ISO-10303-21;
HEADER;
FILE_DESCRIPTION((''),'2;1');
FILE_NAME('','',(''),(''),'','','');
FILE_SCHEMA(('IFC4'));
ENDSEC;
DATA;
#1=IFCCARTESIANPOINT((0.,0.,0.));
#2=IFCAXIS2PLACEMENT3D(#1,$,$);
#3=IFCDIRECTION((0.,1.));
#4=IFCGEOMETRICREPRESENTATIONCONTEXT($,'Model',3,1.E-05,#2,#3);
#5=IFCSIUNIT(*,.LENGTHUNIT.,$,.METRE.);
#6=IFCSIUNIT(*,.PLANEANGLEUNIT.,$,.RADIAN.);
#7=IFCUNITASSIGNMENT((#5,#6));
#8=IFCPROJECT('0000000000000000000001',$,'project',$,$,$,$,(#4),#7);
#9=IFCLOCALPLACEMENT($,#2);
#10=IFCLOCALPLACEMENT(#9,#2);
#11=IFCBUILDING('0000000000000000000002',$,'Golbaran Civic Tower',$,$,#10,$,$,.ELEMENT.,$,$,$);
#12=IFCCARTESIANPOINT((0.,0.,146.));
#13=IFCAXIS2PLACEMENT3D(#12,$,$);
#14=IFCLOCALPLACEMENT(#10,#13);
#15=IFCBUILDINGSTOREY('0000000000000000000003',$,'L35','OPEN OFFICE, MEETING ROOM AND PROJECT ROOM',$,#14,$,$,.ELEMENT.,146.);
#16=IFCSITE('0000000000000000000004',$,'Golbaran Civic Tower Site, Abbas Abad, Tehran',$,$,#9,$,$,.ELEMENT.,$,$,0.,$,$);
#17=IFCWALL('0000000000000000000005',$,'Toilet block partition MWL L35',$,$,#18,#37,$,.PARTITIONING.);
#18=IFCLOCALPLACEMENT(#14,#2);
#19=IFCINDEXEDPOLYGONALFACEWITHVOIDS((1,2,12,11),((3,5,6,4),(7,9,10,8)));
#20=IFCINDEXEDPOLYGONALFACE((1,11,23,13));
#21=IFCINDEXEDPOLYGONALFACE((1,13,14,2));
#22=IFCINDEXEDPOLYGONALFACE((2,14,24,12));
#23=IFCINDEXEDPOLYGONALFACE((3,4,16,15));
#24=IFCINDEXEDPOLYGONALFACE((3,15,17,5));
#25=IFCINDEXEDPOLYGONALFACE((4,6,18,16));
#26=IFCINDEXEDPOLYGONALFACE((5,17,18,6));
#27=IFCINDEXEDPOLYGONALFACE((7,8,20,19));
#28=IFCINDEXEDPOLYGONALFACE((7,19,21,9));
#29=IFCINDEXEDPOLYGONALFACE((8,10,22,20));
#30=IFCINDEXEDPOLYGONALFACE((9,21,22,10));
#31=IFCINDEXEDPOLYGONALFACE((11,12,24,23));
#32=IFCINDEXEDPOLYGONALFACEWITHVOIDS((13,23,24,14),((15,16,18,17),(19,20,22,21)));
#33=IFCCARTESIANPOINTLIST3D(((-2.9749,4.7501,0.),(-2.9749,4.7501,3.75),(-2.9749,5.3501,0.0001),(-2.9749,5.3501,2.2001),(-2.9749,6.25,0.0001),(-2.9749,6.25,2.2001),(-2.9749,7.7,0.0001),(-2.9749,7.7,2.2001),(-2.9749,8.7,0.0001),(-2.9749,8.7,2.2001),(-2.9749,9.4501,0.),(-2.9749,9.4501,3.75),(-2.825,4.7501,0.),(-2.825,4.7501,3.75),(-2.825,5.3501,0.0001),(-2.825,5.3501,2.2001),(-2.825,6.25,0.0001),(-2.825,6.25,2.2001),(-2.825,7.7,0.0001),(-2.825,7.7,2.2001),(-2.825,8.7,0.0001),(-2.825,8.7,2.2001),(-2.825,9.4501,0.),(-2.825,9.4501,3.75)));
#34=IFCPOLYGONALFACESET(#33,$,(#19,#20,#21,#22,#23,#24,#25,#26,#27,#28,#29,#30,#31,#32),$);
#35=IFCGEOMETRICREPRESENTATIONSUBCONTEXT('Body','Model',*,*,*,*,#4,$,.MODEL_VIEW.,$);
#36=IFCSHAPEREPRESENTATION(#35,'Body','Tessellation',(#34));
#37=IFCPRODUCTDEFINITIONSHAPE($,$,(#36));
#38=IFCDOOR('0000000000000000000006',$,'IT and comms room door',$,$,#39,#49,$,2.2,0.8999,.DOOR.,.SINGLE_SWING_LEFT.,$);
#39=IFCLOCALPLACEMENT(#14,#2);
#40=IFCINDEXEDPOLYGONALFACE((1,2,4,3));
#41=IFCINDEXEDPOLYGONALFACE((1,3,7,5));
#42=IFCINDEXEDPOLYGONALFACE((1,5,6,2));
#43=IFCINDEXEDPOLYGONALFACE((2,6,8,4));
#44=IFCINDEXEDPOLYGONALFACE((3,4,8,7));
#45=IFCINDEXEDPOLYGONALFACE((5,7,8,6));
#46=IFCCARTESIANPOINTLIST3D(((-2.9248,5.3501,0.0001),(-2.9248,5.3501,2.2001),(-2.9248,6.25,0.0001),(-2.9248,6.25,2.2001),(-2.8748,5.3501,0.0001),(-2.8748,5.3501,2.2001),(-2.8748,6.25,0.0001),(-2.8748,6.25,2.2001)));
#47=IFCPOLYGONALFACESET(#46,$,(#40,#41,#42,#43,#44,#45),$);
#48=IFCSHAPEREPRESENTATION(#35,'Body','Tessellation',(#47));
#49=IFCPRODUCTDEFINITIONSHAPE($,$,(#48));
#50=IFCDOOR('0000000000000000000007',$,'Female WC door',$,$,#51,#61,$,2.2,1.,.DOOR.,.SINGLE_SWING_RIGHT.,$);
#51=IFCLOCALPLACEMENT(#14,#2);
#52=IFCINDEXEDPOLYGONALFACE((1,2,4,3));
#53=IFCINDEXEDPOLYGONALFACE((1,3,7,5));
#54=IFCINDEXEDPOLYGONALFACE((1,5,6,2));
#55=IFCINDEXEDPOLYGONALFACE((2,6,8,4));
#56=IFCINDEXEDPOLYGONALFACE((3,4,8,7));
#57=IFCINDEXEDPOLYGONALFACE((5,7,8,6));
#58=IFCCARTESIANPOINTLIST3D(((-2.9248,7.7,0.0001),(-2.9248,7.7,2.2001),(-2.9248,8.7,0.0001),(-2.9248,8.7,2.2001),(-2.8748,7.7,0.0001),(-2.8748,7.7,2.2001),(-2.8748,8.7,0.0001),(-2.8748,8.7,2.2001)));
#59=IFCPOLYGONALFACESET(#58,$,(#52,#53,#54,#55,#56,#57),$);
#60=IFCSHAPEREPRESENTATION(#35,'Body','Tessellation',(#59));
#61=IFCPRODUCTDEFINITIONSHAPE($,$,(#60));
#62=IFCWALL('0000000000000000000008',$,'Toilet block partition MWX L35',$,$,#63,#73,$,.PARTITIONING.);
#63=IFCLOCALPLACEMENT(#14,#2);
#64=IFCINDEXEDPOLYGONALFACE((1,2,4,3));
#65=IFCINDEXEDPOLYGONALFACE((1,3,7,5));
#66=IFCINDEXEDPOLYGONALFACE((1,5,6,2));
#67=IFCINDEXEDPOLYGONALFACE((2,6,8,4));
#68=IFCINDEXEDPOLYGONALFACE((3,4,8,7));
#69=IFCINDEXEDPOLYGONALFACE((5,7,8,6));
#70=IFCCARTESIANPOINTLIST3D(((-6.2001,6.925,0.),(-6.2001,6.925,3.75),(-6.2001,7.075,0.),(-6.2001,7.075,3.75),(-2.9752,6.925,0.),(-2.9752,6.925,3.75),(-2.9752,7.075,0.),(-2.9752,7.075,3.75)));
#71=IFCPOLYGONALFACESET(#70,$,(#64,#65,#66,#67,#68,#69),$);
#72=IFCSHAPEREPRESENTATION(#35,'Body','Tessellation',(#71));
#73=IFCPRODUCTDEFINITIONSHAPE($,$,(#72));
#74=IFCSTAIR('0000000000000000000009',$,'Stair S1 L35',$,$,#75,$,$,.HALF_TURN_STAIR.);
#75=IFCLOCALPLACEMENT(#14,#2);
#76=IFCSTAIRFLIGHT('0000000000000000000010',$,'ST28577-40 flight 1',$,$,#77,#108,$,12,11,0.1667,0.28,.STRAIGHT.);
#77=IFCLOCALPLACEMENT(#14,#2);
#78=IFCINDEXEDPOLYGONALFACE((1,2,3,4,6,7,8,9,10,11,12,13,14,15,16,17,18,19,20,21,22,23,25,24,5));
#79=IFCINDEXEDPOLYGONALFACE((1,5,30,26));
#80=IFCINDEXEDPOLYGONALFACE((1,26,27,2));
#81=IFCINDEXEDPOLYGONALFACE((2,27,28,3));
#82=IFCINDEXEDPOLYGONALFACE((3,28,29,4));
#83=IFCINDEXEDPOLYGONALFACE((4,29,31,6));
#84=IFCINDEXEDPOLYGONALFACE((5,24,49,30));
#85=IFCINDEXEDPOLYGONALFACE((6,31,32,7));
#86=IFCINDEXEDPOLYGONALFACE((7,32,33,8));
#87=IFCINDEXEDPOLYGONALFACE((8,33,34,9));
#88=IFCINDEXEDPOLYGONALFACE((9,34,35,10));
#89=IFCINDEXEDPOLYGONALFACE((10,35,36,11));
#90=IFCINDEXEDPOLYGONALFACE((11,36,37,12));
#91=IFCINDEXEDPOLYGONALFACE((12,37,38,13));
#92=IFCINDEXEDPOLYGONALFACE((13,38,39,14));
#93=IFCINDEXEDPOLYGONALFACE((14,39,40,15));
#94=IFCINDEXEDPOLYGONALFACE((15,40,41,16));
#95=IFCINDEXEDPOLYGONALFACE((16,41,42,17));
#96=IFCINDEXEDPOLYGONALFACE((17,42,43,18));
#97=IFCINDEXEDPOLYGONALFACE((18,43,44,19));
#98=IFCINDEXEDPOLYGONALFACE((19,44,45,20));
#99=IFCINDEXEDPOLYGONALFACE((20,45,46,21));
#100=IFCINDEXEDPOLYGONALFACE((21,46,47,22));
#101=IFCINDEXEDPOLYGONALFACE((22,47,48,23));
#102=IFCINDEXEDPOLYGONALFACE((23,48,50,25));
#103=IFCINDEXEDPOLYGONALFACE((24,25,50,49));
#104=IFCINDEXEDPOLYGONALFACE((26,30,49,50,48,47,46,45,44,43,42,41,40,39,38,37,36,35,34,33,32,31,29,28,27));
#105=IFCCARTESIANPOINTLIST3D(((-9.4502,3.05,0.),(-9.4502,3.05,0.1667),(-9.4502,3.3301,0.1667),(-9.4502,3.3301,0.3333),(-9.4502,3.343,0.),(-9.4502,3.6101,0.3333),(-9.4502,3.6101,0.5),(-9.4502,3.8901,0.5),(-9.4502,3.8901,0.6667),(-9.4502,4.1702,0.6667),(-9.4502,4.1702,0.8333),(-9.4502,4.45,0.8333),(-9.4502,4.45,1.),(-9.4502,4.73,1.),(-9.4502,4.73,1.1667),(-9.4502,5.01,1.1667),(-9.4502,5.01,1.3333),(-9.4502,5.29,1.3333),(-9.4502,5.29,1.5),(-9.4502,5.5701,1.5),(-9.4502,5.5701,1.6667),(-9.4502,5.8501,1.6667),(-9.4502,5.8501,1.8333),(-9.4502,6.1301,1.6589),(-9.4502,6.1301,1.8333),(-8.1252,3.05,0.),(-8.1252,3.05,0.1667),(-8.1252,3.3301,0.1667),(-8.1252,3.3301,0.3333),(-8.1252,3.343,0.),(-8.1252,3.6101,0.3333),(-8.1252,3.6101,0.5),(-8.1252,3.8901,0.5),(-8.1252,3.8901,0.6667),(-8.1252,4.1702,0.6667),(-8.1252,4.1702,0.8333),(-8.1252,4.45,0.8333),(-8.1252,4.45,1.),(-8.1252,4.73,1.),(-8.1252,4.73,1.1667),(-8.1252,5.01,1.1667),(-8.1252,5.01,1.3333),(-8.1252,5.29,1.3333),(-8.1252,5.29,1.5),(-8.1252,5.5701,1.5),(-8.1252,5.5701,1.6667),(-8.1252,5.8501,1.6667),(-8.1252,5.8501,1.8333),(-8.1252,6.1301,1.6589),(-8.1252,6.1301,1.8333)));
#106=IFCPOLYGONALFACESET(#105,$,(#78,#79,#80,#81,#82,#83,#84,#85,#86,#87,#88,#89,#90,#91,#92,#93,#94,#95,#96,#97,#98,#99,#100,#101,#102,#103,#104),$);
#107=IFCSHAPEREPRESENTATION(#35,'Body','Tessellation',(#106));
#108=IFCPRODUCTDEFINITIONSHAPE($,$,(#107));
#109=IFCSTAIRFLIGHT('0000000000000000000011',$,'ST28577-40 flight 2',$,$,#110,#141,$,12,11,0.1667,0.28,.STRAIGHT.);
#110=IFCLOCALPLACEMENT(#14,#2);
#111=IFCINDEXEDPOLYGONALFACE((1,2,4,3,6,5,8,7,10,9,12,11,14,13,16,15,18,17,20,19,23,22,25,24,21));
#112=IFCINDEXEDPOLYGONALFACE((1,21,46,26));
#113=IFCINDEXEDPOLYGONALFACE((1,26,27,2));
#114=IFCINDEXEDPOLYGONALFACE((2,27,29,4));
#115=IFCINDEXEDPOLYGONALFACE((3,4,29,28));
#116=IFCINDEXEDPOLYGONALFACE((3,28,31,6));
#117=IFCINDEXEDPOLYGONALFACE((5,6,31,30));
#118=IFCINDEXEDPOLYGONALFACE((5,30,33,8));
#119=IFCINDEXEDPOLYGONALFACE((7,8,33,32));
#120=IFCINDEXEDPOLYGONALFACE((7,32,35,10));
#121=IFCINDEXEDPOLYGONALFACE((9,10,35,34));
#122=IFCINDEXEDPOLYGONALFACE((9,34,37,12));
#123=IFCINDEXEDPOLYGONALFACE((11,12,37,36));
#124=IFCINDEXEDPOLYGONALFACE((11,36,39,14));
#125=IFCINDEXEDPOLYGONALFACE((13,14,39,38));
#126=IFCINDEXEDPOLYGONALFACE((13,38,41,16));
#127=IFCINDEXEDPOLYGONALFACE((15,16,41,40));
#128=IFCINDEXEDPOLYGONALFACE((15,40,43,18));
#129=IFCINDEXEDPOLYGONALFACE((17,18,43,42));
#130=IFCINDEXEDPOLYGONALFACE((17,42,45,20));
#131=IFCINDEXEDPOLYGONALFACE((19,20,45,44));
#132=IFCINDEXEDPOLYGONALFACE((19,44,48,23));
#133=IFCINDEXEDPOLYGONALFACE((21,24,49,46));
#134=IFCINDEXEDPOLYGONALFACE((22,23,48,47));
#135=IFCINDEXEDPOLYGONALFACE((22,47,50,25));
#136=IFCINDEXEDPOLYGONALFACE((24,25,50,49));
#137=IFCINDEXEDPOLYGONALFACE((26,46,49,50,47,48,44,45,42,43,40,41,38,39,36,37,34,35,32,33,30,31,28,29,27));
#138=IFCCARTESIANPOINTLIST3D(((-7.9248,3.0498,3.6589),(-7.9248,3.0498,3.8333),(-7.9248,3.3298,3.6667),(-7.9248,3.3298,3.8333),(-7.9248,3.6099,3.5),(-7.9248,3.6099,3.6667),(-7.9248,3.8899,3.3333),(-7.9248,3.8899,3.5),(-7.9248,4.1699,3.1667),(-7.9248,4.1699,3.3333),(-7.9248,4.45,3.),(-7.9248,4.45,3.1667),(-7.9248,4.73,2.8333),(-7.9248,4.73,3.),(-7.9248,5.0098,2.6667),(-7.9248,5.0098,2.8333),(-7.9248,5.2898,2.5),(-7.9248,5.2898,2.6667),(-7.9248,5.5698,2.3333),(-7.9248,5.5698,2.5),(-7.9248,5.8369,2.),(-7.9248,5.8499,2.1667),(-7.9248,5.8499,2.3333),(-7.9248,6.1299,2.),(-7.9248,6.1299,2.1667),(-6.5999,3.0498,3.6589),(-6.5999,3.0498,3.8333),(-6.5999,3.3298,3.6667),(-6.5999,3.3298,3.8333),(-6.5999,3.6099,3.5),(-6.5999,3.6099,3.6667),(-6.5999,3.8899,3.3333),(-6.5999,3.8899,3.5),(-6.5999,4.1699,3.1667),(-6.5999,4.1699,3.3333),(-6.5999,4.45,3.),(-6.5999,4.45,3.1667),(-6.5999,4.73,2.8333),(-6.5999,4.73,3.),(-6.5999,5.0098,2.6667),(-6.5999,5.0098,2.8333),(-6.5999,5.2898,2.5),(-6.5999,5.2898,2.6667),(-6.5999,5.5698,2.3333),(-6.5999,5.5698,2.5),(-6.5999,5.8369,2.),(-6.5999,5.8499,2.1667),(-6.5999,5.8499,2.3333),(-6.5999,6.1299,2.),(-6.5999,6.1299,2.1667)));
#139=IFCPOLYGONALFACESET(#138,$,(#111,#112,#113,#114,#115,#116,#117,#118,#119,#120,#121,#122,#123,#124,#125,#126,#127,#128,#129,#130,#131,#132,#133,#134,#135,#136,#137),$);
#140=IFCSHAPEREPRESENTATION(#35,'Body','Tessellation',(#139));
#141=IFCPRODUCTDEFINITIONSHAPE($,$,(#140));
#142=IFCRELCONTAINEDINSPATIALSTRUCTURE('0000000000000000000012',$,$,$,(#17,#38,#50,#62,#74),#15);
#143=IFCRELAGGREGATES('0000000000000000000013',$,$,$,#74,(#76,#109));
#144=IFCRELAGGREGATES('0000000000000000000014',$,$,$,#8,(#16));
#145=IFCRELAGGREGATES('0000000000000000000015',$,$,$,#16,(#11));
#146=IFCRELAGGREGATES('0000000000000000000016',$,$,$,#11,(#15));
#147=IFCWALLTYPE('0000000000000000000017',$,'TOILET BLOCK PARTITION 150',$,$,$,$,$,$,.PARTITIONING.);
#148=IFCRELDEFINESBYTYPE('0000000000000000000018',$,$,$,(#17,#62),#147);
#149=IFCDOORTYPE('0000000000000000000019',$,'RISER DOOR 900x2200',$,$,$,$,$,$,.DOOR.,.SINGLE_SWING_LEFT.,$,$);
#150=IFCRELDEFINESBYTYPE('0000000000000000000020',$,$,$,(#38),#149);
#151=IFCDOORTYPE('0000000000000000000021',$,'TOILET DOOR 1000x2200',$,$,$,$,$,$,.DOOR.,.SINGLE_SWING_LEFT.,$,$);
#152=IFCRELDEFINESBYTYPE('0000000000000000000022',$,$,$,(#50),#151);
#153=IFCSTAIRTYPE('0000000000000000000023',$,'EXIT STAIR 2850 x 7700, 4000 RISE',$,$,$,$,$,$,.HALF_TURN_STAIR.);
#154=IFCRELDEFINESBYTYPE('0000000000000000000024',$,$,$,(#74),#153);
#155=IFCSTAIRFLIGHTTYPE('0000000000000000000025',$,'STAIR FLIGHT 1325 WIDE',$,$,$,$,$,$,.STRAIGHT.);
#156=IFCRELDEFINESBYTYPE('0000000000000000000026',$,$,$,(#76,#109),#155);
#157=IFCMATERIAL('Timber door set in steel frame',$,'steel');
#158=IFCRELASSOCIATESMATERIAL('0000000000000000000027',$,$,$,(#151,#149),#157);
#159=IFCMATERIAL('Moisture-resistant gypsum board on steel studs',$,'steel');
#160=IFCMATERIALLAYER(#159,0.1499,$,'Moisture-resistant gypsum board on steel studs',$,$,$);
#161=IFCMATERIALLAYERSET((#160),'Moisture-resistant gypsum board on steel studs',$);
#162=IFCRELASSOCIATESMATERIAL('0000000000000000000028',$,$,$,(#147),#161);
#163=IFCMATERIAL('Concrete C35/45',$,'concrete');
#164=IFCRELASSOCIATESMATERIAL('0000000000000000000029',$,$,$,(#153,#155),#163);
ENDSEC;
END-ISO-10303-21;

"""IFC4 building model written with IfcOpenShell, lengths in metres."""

from ifc_helpers import new_model, si_unit, direction, frame, frame_2d, origin, place, context, subcontext, project, spatial, polyline, rectangle, outline, extrude, material, layer, layer_set, type_object, element, fill, aggregate, save


model = new_model("IFC4")

# Units and contexts
model_context = context("Model", 3, precision=1e-05, world=origin(), true_north=direction((0.0, 1.0)))
body_context = subcontext(model_context, "Body", "Model", "MODEL_VIEW")
ifc_project = project(units=[si_unit("LENGTHUNIT", "METRE"), si_unit("PLANEANGLEUNIT", "RADIAN")], contexts=[model_context])

# Site, building, storey
site_placement = place(None, origin())
site = spatial("IfcSite", under=ifc_project, at=site_placement, Name="Golbaran Civic Tower Site, Abbas Abad, Tehran", CompositionType="ELEMENT", RefElevation=0.0)
building_placement = place(site_placement, origin())
building = spatial("IfcBuilding", under=site, at=building_placement, Name="Golbaran Civic Tower", CompositionType="ELEMENT")
storey_placement = place(building_placement, frame((0.0, 0.0, 146.0)))
storey = spatial("IfcBuildingStorey", under=building, at=storey_placement, Name="L35", Description="OPEN OFFICE, MEETING ROOM AND PROJECT ROOM", CompositionType="ELEMENT", Elevation=146.0)

# Shared definitions
ifc_material_1 = material(Name="Timber door set in steel frame", Category="steel")

# Shared definitions
door_type_1 = type_object("IfcDoorType", Name="TOILET DOOR 1000x2200", OperationType="SINGLE_SWING_LEFT", PredefinedType="DOOR", material=ifc_material_1)

# Wall, openings, doors
ifc_material_2 = material(Name="Moisture-resistant gypsum board on steel studs", Category="steel")
ifc_layer_1 = layer(ifc_material_2, 0.1499, Name="Moisture-resistant gypsum board on steel studs")
ifc_layer_set_1 = layer_set([ifc_layer_1], Name="Moisture-resistant gypsum board on steel studs")
wall_type_1 = type_object("IfcWallType", Name="TOILET BLOCK PARTITION 150", PredefinedType="PARTITIONING", material=ifc_layer_set_1)
wall_1_placement = place(storey_placement, frame((-2.8999, 4.75, 0.0), z_axis=(0.0, 0.0, 1.0), x_axis=(0.0, 1.0, 0.0)))
wall_1 = element("IfcWall", 1, at=wall_1_placement, inside=storey, type_object=wall_type_1, Name="Toilet block partition MWL L35", PredefinedType="PARTITIONING", context=body_context, shape_type="SweptSolid", body=[
    extrude(rectangle(XDim=4.7, YDim=0.1499, at=frame_2d((2.3501, 0.0))), origin(), (0.0, 0.0, 1.0), 3.75),
])
opening_1_placement = place(wall_1_placement, frame((2.95, 0.0, 0.0)))
opening_1 = element("IfcOpeningElement", 2, at=opening_1_placement, cuts=wall_1, PredefinedType="OPENING", context=body_context, shape_type="SweptSolid", body=[
    extrude(rectangle(XDim=1.0, YDim=2.2, at=frame_2d((0.5, 1.1001))), frame((0.0, 0.085, 0.0), z_axis=(0.0, -1.0, 0.0), x_axis=(1.0, 0.0, 0.0)), (0.0, 0.0, 1.0), 0.1699),
])
opening_2_placement = place(wall_1_placement, frame((0.6001, 0.0, 0.0)))
opening_2 = element("IfcOpeningElement", 3, at=opening_2_placement, cuts=wall_1, PredefinedType="OPENING", context=body_context, shape_type="SweptSolid", body=[
    extrude(rectangle(XDim=0.8999, YDim=2.2, at=frame_2d((0.45, 1.1001))), frame((0.0, 0.085, 0.0), z_axis=(0.0, -1.0, 0.0), x_axis=(1.0, 0.0, 0.0)), (0.0, 0.0, 1.0), 0.1699),
])
door_type_2 = type_object("IfcDoorType", Name="RISER DOOR 900x2200", OperationType="SINGLE_SWING_LEFT", PredefinedType="DOOR", material=ifc_material_1)
door_1_placement = place(opening_2_placement, origin())
door_1 = element("IfcDoor", 4, at=door_1_placement, inside=storey, type_object=door_type_2, Name="IT and comms room door", OperationType="SINGLE_SWING_LEFT", OverallHeight=2.2, OverallWidth=0.8999, PredefinedType="DOOR", context=body_context, shape_type="SweptSolid", body=[
    extrude(rectangle(XDim=0.8999, YDim=2.2, at=frame_2d((0.45, 1.1001))), frame((0.0, 0.0249, 0.0), z_axis=(0.0, -1.0, 0.0), x_axis=(1.0, 0.0, 0.0)), (0.0, 0.0, 1.0), 0.05),
])
fill(opening_2, door_1)
door_2_placement = place(opening_1_placement, origin())
door_2 = element("IfcDoor", 5, at=door_2_placement, inside=storey, type_object=door_type_1, Name="Female WC door", OperationType="SINGLE_SWING_RIGHT", OverallHeight=2.2, OverallWidth=1.0, PredefinedType="DOOR", context=body_context, shape_type="SweptSolid", body=[
    extrude(rectangle(XDim=1.0, YDim=2.2, at=frame_2d((0.5, 1.1001))), frame((0.0, 0.0249, 0.0), z_axis=(0.0, -1.0, 0.0), x_axis=(1.0, 0.0, 0.0)), (0.0, 0.0, 1.0), 0.05),
])
fill(opening_1, door_2)

# Wall
wall_2_placement = place(storey_placement, frame((-6.2, 7.0, 0.0), z_axis=(0.0, 0.0, 1.0), x_axis=(1.0, 0.0, 0.0)))
element("IfcWall", 6, at=wall_2_placement, inside=storey, type_object=wall_type_1, Name="Toilet block partition MWX L35", PredefinedType="PARTITIONING", context=body_context, shape_type="SweptSolid", body=[
    extrude(rectangle(XDim=3.2249, YDim=0.1499, at=frame_2d((1.6123, 0.0))), origin(), (0.0, 0.0, 1.0), 3.75),
])

# Stair, stair flights
ifc_material_3 = material(Name="Concrete C35/45", Category="concrete")
stair_type = type_object("IfcStairType", Name="EXIT STAIR 2850 x 7700, 4000 RISE", PredefinedType="HALF_TURN_STAIR", material=ifc_material_3)
stair_placement = place(storey_placement, origin())
stair = element("IfcStair", 7, at=stair_placement, inside=storey, type_object=stair_type, Name="Stair S1 L35", PredefinedType="HALF_TURN_STAIR")
stair_flight_type = type_object("IfcStairFlightType", Name="STAIR FLIGHT 1325 WIDE", PredefinedType="STRAIGHT", material=ifc_material_3)
stair_flight_1_placement = place(storey_placement, frame((-8.7876, 3.05, 0.0), z_axis=(0.0, 0.0, 1.0), x_axis=(0.0, 1.0, 0.0)))
stair_flight_1 = element("IfcStairFlight", 8, at=stair_flight_1_placement, type_object=stair_flight_type, Name="ST28577-40 flight 1", NumberOfRisers=12, NumberOfTreads=11, PredefinedType="STRAIGHT", RiserHeight=0.1667, TreadLength=0.28, context=body_context, shape_type="SweptSolid", body=[
    extrude(outline(polyline([(0.0, 0.0), (0.0, 0.1667), (0.28, 0.1667), (0.28, 0.3333), (0.5601, 0.3333), (0.5601, 0.5), (0.8401, 0.5), (0.8401, 0.6667), (1.1201, 0.6667), (1.1201, 0.8333), (1.3999, 0.8333), (1.3999, 1.0), (1.6799, 1.0), (1.6799, 1.1667), (1.96, 1.1667), (1.96, 1.3333), (2.24, 1.3333), (2.24, 1.5), (2.52, 1.5), (2.52, 1.6667), (2.8, 1.6667), (2.8, 1.8333), (3.0801, 1.8333), (3.0801, 2.0), (3.0801, 1.6589), (0.293, 0.0), (0.0, 0.0)])), frame((0.0, 0.6626, 0.0), z_axis=(0.0, -1.0, 0.0), x_axis=(1.0, 0.0, 0.0)), (0.0, 0.0, 1.0), 1.325),
])
stair_flight_2_placement = place(storey_placement, frame((-7.2625, 6.1299, 2.0), z_axis=(0.0, 0.0, 1.0), x_axis=(0.0, -1.0, 0.0)))
stair_flight_2 = element("IfcStairFlight", 9, at=stair_flight_2_placement, type_object=stair_flight_type, Name="ST28577-40 flight 2", NumberOfRisers=12, NumberOfTreads=11, PredefinedType="STRAIGHT", RiserHeight=0.1667, TreadLength=0.28, context=body_context, shape_type="SweptSolid", body=[
    extrude(outline(polyline([(0.0, 0.0), (0.0, 0.1667), (0.28, 0.1667), (0.28, 0.3333), (0.5601, 0.3333), (0.5601, 0.5), (0.8401, 0.5), (0.8401, 0.6667), (1.1201, 0.6667), (1.1201, 0.8333), (1.3999, 0.8333), (1.3999, 1.0), (1.6799, 1.0), (1.6799, 1.1667), (1.96, 1.1667), (1.96, 1.3333), (2.24, 1.3333), (2.24, 1.5), (2.52, 1.5), (2.52, 1.6667), (2.8, 1.6667), (2.8, 1.8333), (3.0801, 1.8333), (3.0801, 2.0), (3.0801, 1.6589), (0.293, 0.0), (0.0, 0.0)])), frame((0.0, 0.6626, 0.0), z_axis=(0.0, -1.0, 0.0), x_axis=(1.0, 0.0, 0.0)), (0.0, 0.0, 1.0), 1.325),
])
aggregate(stair, [stair_flight_1, stair_flight_2])

save(model, "model.ifc")
